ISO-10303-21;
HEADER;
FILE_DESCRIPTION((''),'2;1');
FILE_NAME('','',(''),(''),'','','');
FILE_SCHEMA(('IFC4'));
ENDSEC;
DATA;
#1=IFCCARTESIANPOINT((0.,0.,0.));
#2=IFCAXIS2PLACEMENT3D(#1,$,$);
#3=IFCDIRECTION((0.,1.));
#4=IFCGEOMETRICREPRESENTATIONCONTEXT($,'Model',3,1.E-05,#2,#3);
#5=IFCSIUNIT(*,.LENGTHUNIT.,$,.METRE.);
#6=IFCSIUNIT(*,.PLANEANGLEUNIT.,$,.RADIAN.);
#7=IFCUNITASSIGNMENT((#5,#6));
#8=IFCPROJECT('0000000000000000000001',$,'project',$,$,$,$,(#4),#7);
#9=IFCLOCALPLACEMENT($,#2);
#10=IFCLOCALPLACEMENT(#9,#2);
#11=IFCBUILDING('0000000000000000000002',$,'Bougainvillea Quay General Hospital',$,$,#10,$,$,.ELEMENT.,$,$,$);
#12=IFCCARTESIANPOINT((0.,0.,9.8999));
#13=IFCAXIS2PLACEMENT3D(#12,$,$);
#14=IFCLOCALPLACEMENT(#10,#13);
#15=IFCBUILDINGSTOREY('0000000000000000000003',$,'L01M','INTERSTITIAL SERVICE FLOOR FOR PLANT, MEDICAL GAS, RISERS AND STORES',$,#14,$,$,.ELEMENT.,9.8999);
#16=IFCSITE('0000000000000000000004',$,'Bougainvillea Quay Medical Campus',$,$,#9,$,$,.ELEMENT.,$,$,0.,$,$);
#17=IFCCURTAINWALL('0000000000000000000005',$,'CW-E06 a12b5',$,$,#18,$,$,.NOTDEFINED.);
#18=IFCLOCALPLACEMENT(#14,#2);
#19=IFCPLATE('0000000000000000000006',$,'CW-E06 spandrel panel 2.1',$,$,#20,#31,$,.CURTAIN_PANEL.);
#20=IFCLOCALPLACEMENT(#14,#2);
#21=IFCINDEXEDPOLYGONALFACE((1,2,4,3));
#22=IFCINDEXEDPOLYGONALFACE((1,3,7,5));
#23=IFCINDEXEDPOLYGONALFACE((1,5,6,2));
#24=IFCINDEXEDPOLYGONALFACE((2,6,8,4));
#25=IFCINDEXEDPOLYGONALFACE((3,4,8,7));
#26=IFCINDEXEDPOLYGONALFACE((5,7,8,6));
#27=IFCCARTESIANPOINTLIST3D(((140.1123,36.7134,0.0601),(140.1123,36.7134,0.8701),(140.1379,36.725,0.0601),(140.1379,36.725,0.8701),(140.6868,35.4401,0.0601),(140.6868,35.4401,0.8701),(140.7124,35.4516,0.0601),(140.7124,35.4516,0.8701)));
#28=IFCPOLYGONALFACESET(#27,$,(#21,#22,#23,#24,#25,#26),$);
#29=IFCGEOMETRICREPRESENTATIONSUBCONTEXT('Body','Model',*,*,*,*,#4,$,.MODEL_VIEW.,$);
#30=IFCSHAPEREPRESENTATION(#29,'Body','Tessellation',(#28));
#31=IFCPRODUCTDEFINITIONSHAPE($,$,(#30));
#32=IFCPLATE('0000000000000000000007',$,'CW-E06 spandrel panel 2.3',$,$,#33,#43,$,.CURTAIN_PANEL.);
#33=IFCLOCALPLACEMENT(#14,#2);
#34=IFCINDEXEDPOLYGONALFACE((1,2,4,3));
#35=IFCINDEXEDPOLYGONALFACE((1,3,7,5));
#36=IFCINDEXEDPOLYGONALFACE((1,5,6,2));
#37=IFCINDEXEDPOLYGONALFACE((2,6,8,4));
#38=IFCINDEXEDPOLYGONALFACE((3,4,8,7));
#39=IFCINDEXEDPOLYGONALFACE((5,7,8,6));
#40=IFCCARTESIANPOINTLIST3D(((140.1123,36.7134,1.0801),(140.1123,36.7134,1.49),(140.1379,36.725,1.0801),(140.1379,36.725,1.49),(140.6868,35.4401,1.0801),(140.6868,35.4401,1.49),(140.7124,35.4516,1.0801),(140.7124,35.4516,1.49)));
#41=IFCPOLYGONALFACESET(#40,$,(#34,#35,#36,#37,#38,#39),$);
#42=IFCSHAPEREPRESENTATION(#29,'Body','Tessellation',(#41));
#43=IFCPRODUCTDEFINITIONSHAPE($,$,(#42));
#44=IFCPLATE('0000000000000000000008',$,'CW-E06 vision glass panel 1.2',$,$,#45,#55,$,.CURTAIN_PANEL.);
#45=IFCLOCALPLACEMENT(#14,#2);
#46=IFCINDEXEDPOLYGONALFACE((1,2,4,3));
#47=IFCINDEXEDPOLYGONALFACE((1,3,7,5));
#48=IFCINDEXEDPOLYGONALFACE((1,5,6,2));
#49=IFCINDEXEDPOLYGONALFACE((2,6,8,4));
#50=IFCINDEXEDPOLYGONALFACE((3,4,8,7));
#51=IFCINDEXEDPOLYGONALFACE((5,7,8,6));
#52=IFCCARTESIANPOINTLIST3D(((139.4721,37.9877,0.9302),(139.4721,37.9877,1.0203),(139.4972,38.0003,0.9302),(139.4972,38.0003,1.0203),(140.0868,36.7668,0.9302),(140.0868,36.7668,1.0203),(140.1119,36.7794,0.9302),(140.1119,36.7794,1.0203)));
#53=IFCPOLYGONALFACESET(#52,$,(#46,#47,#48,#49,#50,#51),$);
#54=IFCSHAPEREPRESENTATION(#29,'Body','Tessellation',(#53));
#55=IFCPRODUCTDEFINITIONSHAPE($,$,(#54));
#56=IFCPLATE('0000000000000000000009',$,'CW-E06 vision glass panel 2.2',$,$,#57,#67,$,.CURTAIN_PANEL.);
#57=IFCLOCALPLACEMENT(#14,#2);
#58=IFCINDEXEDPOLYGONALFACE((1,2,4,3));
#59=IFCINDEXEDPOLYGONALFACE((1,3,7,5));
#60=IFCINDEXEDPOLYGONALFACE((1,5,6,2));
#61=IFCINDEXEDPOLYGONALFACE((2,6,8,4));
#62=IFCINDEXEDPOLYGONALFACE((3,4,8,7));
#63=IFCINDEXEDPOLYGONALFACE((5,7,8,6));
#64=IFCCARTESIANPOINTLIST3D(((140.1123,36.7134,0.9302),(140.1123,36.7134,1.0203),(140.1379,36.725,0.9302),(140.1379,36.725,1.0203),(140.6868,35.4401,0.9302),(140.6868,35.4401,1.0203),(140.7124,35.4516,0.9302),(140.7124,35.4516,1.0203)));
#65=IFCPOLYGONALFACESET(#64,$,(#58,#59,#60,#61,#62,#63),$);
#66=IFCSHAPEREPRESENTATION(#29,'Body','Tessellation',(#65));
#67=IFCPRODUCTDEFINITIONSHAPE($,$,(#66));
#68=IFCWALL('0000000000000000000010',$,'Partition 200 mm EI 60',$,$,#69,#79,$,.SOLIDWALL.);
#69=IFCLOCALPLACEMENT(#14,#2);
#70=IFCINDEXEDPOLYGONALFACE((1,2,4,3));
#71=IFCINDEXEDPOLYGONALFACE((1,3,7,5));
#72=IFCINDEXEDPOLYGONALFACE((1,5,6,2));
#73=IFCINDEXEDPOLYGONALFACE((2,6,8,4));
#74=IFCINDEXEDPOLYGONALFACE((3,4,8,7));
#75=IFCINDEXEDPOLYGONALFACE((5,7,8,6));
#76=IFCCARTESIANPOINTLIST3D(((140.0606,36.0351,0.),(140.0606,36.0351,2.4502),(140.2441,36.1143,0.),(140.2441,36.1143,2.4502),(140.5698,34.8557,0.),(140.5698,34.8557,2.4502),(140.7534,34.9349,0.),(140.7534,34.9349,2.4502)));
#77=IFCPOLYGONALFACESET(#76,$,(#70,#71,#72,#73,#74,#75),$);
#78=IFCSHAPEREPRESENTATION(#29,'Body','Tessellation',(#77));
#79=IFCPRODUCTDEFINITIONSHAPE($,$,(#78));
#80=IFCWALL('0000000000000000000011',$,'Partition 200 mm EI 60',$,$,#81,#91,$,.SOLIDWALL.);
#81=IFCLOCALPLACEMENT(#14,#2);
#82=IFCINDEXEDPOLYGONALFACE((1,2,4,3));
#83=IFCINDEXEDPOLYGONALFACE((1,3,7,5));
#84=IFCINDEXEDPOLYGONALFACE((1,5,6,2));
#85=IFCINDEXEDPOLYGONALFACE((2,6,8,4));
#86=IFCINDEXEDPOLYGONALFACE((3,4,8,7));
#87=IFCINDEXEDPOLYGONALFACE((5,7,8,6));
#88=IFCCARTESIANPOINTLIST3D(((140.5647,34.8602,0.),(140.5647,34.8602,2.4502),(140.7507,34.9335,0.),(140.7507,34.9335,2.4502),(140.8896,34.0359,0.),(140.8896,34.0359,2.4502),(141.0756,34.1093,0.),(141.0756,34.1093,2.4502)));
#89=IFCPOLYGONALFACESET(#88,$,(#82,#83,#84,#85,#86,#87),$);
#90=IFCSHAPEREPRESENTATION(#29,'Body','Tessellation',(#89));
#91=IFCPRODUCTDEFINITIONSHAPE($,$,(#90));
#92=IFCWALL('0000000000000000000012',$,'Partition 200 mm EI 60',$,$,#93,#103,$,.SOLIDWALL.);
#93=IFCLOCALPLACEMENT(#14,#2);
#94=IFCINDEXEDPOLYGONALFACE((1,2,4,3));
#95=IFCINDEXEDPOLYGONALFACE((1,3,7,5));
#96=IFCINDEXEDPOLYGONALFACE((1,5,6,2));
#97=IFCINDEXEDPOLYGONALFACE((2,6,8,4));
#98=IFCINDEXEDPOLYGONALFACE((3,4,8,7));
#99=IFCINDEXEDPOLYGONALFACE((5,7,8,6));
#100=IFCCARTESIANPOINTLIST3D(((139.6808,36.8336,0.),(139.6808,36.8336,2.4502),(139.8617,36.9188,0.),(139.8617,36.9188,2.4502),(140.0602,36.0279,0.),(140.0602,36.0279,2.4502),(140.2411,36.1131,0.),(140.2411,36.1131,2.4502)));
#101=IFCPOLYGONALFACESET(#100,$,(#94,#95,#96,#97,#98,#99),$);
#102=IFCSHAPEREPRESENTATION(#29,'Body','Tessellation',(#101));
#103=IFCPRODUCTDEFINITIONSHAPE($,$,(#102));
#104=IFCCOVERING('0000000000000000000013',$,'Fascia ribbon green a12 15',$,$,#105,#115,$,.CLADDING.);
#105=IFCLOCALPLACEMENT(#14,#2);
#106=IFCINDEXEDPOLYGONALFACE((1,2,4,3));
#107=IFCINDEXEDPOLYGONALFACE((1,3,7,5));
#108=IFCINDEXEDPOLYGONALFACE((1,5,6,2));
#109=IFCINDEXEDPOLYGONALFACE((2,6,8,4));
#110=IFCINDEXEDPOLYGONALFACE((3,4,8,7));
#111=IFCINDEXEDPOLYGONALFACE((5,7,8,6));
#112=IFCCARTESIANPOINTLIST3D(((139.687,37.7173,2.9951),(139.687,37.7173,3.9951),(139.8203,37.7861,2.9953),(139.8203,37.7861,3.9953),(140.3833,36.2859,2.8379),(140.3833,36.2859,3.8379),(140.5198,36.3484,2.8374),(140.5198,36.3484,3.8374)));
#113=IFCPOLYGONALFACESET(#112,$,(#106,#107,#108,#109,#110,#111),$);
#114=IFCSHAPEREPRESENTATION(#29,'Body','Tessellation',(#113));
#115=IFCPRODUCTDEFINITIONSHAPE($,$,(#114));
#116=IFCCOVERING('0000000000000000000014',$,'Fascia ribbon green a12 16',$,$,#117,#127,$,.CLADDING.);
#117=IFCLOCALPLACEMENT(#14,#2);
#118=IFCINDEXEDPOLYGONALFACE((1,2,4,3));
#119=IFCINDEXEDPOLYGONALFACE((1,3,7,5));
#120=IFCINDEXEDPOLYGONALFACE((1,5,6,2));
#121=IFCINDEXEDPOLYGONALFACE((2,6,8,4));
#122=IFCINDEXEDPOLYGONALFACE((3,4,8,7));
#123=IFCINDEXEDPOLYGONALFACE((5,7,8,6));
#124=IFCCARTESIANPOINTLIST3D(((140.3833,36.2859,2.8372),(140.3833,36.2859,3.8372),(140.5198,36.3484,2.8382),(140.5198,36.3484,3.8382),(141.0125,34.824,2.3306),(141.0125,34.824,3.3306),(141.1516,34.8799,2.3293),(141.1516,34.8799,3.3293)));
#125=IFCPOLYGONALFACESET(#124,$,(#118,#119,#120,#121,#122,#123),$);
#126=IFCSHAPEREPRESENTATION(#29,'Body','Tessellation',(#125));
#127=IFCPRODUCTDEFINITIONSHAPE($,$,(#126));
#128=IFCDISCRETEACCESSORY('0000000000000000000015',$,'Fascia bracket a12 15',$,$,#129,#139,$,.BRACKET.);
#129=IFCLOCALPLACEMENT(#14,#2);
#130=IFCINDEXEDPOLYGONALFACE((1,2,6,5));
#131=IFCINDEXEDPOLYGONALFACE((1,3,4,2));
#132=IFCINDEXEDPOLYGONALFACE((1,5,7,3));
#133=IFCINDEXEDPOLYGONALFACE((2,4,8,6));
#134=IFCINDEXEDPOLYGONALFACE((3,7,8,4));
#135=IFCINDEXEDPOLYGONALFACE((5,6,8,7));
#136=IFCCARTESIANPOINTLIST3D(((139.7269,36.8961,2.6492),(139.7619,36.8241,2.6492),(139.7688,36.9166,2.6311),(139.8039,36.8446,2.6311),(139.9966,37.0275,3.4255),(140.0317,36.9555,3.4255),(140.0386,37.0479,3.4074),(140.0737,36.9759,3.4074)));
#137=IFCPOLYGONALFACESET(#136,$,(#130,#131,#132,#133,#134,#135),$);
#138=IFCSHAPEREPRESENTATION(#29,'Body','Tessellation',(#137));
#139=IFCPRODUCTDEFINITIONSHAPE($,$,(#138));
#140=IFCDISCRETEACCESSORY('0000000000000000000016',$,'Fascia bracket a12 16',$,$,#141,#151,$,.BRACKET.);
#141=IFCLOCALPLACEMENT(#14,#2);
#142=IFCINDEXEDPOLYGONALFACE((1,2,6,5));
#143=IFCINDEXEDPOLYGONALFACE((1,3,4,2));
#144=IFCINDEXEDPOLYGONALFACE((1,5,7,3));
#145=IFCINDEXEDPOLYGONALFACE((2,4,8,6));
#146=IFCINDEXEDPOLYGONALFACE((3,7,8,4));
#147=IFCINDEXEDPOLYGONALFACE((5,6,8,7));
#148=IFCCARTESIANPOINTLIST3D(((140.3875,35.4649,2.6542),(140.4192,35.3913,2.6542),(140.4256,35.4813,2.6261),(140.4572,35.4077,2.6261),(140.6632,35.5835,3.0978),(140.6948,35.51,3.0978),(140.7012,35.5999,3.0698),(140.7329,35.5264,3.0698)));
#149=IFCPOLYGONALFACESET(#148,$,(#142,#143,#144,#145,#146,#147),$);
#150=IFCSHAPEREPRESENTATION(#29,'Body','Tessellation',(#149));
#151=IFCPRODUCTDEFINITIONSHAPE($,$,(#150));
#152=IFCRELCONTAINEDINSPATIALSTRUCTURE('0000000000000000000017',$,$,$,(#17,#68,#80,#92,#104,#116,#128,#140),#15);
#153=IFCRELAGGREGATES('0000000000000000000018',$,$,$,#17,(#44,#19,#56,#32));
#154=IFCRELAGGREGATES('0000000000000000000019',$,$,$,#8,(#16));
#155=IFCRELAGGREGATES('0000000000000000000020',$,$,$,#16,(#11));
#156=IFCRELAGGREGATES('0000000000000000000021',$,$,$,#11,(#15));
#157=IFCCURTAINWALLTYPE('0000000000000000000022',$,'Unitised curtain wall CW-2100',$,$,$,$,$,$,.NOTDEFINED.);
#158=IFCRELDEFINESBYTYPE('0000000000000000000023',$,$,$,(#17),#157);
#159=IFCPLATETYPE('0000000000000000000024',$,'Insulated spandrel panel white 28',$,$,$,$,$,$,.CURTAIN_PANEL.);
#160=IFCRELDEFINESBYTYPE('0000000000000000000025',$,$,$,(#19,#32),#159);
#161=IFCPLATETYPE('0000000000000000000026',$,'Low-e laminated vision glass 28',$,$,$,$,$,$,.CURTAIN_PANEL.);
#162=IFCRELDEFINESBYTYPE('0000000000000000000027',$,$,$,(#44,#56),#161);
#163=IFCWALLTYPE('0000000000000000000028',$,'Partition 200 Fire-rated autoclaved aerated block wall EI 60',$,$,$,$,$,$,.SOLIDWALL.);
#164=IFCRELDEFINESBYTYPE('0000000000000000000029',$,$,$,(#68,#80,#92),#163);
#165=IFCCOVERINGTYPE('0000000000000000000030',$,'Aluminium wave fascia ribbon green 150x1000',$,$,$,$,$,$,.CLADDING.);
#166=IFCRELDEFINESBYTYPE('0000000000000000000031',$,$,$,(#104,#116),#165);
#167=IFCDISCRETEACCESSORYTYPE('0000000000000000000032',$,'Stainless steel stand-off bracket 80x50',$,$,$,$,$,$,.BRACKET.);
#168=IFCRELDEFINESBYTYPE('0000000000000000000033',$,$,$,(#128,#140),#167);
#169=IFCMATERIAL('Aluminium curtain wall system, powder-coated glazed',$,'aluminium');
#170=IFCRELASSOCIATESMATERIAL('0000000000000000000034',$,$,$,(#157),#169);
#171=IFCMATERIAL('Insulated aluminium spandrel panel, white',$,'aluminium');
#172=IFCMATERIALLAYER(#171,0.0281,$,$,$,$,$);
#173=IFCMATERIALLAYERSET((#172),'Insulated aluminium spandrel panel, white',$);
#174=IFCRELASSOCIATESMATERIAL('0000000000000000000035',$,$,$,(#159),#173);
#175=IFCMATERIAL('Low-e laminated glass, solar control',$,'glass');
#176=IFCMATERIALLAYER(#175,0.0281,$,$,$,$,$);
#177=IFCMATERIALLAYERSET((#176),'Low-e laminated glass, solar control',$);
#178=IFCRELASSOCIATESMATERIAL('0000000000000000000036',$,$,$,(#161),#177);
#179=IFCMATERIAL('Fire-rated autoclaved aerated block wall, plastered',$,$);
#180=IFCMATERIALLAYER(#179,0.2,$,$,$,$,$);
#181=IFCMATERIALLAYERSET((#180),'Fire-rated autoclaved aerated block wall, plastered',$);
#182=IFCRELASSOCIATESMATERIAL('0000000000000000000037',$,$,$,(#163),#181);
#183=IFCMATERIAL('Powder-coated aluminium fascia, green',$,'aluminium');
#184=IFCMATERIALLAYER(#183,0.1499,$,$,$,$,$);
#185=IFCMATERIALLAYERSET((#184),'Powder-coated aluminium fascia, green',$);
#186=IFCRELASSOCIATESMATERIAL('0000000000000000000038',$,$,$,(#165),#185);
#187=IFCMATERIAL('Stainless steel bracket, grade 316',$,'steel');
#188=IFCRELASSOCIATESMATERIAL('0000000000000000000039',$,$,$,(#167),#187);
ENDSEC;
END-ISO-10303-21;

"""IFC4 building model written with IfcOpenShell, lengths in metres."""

from ifc_helpers import new_model, si_unit, direction, frame, frame_2d, origin, origin_2d, place, context, subcontext, project, spatial, polyline, rectangle, outline, extrude, material, layer, layer_set, material_profile, profile_set, type_object, element, aggregate, save


model = new_model("IFC4")

# Units and contexts
model_context = context("Model", 3, precision=1e-05, world=origin(), true_north=direction((0.0, 1.0)))
body_context = subcontext(model_context, "Body", "Model", "MODEL_VIEW")
ifc_project = project(units=[si_unit("LENGTHUNIT", "METRE"), si_unit("PLANEANGLEUNIT", "RADIAN")], contexts=[model_context])

# Site, building, storey
site_placement = place(None, origin())
site = spatial("IfcSite", under=ifc_project, at=site_placement, Name="Bougainvillea Quay Medical Campus", CompositionType="ELEMENT", RefElevation=0.0)
building_placement = place(site_placement, origin())
building = spatial("IfcBuilding", under=site, at=building_placement, Name="Bougainvillea Quay General Hospital", CompositionType="ELEMENT")
storey_placement = place(building_placement, frame((0.0, 0.0, 9.8999)))
storey = spatial("IfcBuildingStorey", under=building, at=storey_placement, Name="L01M", Description="INTERSTITIAL SERVICE FLOOR FOR PLANT, MEDICAL GAS, RISERS AND STORES", CompositionType="ELEMENT", Elevation=9.8999)

# Curtain wall, plates
ifc_material_1 = material(Name="Aluminium curtain wall system, powder-coated glazed", Category="aluminium")
curtain_wall_type = type_object("IfcCurtainWallType", Name="Unitised curtain wall CW-2100", PredefinedType="NOTDEFINED", material=ifc_material_1)
curtain_wall_placement = place(storey_placement, origin())
curtain_wall = element("IfcCurtainWall", 1, at=curtain_wall_placement, inside=storey, type_object=curtain_wall_type, Name="CW-E06 a12b5", PredefinedType="NOTDEFINED")
ifc_material_2 = material(Name="Insulated aluminium spandrel panel, white", Category="aluminium")
ifc_layer_1 = layer(ifc_material_2, 0.0281)
ifc_layer_set_1 = layer_set([ifc_layer_1], Name="Insulated aluminium spandrel panel, white")
plate_type_1 = type_object("IfcPlateType", Name="Insulated spandrel panel white 28", PredefinedType="CURTAIN_PANEL", material=ifc_layer_set_1)
plate_1_placement = place(storey_placement, frame((140.4124, 36.0825, 0.0601), z_axis=(0.0, 0.0, 1.0), x_axis=(0.41126, -0.911518, 0.0)))
plate_1 = element("IfcPlate", 2, at=plate_1_placement, type_object=plate_type_1, Name="CW-E06 spandrel panel 2.1", PredefinedType="CURTAIN_PANEL", context=body_context, shape_type="SweptSolid", body=[
    extrude(rectangle(XDim=1.397, YDim=0.0281, at=origin_2d()), origin(), (0.0, 0.0, 1.0), 0.8101),
])
plate_2_placement = place(storey_placement, frame((140.4124, 36.0825, 1.0801), z_axis=(0.0, 0.0, 1.0), x_axis=(0.41126, -0.911518, 0.0)))
plate_2 = element("IfcPlate", 3, at=plate_2_placement, type_object=plate_type_1, Name="CW-E06 spandrel panel 2.3", PredefinedType="CURTAIN_PANEL", context=body_context, shape_type="SweptSolid", body=[
    extrude(rectangle(XDim=1.397, YDim=0.0281, at=origin_2d()), origin(), (0.0, 0.0, 1.0), 0.4099),
])
ifc_material_3 = material(Name="Low-e laminated glass, solar control", Category="glass")
ifc_layer_2 = layer(ifc_material_3, 0.0281)
ifc_layer_set_2 = layer_set([ifc_layer_2], Name="Low-e laminated glass, solar control")
plate_type_2 = type_object("IfcPlateType", Name="Low-e laminated vision glass 28", PredefinedType="CURTAIN_PANEL", material=ifc_layer_set_2)
plate_3_placement = place(storey_placement, frame((139.792, 37.3835, 0.9302), z_axis=(0.0, 0.0, 1.0), x_axis=(0.449652, -0.893204, 0.0)))
plate_3 = element("IfcPlate", 4, at=plate_3_placement, type_object=plate_type_2, Name="CW-E06 vision glass panel 1.2", PredefinedType="CURTAIN_PANEL", context=body_context, shape_type="SweptSolid", body=[
    extrude(rectangle(XDim=1.3669, YDim=0.0281, at=origin_2d()), origin(), (0.0, 0.0, 1.0), 0.0901),
])
plate_4_placement = place(storey_placement, frame((140.4124, 36.0825, 0.9302), z_axis=(0.0, 0.0, 1.0), x_axis=(0.41126, -0.911518, 0.0)))
plate_4 = element("IfcPlate", 5, at=plate_4_placement, type_object=plate_type_2, Name="CW-E06 vision glass panel 2.2", PredefinedType="CURTAIN_PANEL", context=body_context, shape_type="SweptSolid", body=[
    extrude(rectangle(XDim=1.397, YDim=0.0281, at=origin_2d()), origin(), (0.0, 0.0, 1.0), 0.0901),
])
aggregate(curtain_wall, [plate_3, plate_1, plate_4, plate_2])

# Walls
ifc_material_4 = material(Name="Fire-rated autoclaved aerated block wall, plastered")
ifc_layer_3 = layer(ifc_material_4, 0.2)
ifc_layer_set_3 = layer_set([ifc_layer_3], Name="Fire-rated autoclaved aerated block wall, plastered")
wall_type = type_object("IfcWallType", Name="Partition 200 Fire-rated autoclaved aerated block wall EI 60", PredefinedType="SOLIDWALL", material=ifc_layer_set_3)
wall_1_placement = place(storey_placement, frame((140.1523, 36.0747, 0.0), z_axis=(0.0, 0.0, 1.0), x_axis=(0.396418, -0.91807, 0.0)))
element("IfcWall", 6, at=wall_1_placement, inside=storey, type_object=wall_type, Name="Partition 200 mm EI 60", PredefinedType="SOLIDWALL", context=body_context, shape_type="SweptSolid", body=[
    extrude(rectangle(XDim=1.2847, YDim=0.2, at=frame_2d((0.6423, 0.0))), origin(), (0.0, 0.0, 1.0), 2.4502),
])
wall_2_placement = place(storey_placement, frame((140.6577, 34.8967, 0.0), z_axis=(0.0, 0.0, 1.0), x_axis=(0.366778, -0.930309, 0.0)))
element("IfcWall", 7, at=wall_2_placement, inside=storey, type_object=wall_type, Name="Partition 200 mm EI 60", PredefinedType="SOLIDWALL", context=body_context, shape_type="SweptSolid", body=[
    extrude(rectangle(XDim=0.886, YDim=0.2, at=frame_2d((0.4429, 0.0))), origin(), (0.0, 0.0, 1.0), 2.4502),
])
wall_3_placement = place(storey_placement, frame((139.7712, 36.8762, 0.0), z_axis=(0.0, 0.0, 1.0), x_axis=(0.426035, -0.904707, 0.0)))
element("IfcWall", 8, at=wall_3_placement, inside=storey, type_object=wall_type, Name="Partition 200 mm EI 60", PredefinedType="SOLIDWALL", context=body_context, shape_type="SweptSolid", body=[
    extrude(rectangle(XDim=0.8906, YDim=0.2, at=frame_2d((0.4453, 0.0))), origin(), (0.0, 0.0, 1.0), 2.4502),
])

# Coverings
ifc_material_5 = material(Name="Powder-coated aluminium fascia, green", Category="aluminium")
ifc_layer_4 = layer(ifc_material_5, 0.1499)
ifc_layer_set_4 = layer_set([ifc_layer_4], Name="Powder-coated aluminium fascia, green")
covering_type = type_object("IfcCoveringType", Name="Aluminium wave fascia ribbon green 150x1000", PredefinedType="CLADDING", material=ifc_layer_set_4)
covering_1_placement = place(storey_placement, frame((139.687, 37.7173, 2.9951), z_axis=(0.043762, -0.088033, 0.995156), x_axis=(0.435313, -0.894896, -0.098306)))
element("IfcCovering", 9, at=covering_1_placement, inside=storey, type_object=covering_type, Name="Fascia ribbon green a12 15", PredefinedType="CLADDING", context=body_context, shape_type="SweptSolid", body=[
    extrude(outline(polyline([(0.0, 0.0), (1.5995, 0.0), (1.603, 0.1501), (-0.0036, 0.15), (0.0, 0.0)])), origin(), (-0.098306, -0.00084, 0.995156), 1.0),
])
covering_2_placement = place(storey_placement, frame((140.3833, 36.2859, 2.8372), z_axis=(0.120422, -0.278358, 0.952899), x_axis=(0.376688, -0.875284, -0.303289)))
element("IfcCovering", 10, at=covering_2_placement, inside=storey, type_object=covering_type, Name="Fascia ribbon green a12 16", PredefinedType="CLADDING", context=body_context, shape_type="SweptSolid", body=[
    extrude(outline(polyline([(0.0, 0.0), (1.6702, 0.0), (1.6741, 0.1499), (-0.0036, 0.1501), (0.0, 0.0)])), origin(), (-0.303289, -0.000549, 0.952899), 1.0),
])

# Discrete accessories
ifc_material_6 = material(Name="Stainless steel bracket, grade 316", Category="steel")
ifc_material_profile_1 = material_profile(ifc_material_6, rectangle(XDim=0.0801, YDim=0.05, at=origin_2d()))
ifc_profile_set_1 = profile_set([ifc_material_profile_1], Name="Stainless steel bracket, grade 316")
discrete_accessory_type = type_object("IfcDiscreteAccessoryType", Name="Stainless steel stand-off bracket 80x50", PredefinedType="BRACKET", material=ifc_profile_set_1)
discrete_accessory_1_placement = place(storey_placement, frame((139.7654, 36.8704, 2.6401), z_axis=(0.32412, 0.157807, 0.932761), x_axis=(-0.43775, 0.899097, 0.0)))
element("IfcDiscreteAccessory", 11, at=discrete_accessory_1_placement, inside=storey, type_object=discrete_accessory_type, Name="Fascia bracket a12 15", PredefinedType="BRACKET", context=body_context, shape_type="SweptSolid", body=[
    extrude(rectangle(XDim=0.0801, YDim=0.05, at=origin_2d()), origin(), (0.0, 0.0, 1.0), 0.8323),
])
discrete_accessory_2_placement = place(storey_placement, frame((140.4224, 35.4363, 2.6401), z_axis=(0.514655, 0.221543, 0.82828), x_axis=(-0.395392, 0.918513, 0.0)))
element("IfcDiscreteAccessory", 12, at=discrete_accessory_2_placement, inside=storey, type_object=discrete_accessory_type, Name="Fascia bracket a12 16", PredefinedType="BRACKET", context=body_context, shape_type="SweptSolid", body=[
    extrude(rectangle(XDim=0.0801, YDim=0.05, at=origin_2d()), origin(), (0.0, 0.0, 1.0), 0.5356),
])

save(model, "model.ifc")
